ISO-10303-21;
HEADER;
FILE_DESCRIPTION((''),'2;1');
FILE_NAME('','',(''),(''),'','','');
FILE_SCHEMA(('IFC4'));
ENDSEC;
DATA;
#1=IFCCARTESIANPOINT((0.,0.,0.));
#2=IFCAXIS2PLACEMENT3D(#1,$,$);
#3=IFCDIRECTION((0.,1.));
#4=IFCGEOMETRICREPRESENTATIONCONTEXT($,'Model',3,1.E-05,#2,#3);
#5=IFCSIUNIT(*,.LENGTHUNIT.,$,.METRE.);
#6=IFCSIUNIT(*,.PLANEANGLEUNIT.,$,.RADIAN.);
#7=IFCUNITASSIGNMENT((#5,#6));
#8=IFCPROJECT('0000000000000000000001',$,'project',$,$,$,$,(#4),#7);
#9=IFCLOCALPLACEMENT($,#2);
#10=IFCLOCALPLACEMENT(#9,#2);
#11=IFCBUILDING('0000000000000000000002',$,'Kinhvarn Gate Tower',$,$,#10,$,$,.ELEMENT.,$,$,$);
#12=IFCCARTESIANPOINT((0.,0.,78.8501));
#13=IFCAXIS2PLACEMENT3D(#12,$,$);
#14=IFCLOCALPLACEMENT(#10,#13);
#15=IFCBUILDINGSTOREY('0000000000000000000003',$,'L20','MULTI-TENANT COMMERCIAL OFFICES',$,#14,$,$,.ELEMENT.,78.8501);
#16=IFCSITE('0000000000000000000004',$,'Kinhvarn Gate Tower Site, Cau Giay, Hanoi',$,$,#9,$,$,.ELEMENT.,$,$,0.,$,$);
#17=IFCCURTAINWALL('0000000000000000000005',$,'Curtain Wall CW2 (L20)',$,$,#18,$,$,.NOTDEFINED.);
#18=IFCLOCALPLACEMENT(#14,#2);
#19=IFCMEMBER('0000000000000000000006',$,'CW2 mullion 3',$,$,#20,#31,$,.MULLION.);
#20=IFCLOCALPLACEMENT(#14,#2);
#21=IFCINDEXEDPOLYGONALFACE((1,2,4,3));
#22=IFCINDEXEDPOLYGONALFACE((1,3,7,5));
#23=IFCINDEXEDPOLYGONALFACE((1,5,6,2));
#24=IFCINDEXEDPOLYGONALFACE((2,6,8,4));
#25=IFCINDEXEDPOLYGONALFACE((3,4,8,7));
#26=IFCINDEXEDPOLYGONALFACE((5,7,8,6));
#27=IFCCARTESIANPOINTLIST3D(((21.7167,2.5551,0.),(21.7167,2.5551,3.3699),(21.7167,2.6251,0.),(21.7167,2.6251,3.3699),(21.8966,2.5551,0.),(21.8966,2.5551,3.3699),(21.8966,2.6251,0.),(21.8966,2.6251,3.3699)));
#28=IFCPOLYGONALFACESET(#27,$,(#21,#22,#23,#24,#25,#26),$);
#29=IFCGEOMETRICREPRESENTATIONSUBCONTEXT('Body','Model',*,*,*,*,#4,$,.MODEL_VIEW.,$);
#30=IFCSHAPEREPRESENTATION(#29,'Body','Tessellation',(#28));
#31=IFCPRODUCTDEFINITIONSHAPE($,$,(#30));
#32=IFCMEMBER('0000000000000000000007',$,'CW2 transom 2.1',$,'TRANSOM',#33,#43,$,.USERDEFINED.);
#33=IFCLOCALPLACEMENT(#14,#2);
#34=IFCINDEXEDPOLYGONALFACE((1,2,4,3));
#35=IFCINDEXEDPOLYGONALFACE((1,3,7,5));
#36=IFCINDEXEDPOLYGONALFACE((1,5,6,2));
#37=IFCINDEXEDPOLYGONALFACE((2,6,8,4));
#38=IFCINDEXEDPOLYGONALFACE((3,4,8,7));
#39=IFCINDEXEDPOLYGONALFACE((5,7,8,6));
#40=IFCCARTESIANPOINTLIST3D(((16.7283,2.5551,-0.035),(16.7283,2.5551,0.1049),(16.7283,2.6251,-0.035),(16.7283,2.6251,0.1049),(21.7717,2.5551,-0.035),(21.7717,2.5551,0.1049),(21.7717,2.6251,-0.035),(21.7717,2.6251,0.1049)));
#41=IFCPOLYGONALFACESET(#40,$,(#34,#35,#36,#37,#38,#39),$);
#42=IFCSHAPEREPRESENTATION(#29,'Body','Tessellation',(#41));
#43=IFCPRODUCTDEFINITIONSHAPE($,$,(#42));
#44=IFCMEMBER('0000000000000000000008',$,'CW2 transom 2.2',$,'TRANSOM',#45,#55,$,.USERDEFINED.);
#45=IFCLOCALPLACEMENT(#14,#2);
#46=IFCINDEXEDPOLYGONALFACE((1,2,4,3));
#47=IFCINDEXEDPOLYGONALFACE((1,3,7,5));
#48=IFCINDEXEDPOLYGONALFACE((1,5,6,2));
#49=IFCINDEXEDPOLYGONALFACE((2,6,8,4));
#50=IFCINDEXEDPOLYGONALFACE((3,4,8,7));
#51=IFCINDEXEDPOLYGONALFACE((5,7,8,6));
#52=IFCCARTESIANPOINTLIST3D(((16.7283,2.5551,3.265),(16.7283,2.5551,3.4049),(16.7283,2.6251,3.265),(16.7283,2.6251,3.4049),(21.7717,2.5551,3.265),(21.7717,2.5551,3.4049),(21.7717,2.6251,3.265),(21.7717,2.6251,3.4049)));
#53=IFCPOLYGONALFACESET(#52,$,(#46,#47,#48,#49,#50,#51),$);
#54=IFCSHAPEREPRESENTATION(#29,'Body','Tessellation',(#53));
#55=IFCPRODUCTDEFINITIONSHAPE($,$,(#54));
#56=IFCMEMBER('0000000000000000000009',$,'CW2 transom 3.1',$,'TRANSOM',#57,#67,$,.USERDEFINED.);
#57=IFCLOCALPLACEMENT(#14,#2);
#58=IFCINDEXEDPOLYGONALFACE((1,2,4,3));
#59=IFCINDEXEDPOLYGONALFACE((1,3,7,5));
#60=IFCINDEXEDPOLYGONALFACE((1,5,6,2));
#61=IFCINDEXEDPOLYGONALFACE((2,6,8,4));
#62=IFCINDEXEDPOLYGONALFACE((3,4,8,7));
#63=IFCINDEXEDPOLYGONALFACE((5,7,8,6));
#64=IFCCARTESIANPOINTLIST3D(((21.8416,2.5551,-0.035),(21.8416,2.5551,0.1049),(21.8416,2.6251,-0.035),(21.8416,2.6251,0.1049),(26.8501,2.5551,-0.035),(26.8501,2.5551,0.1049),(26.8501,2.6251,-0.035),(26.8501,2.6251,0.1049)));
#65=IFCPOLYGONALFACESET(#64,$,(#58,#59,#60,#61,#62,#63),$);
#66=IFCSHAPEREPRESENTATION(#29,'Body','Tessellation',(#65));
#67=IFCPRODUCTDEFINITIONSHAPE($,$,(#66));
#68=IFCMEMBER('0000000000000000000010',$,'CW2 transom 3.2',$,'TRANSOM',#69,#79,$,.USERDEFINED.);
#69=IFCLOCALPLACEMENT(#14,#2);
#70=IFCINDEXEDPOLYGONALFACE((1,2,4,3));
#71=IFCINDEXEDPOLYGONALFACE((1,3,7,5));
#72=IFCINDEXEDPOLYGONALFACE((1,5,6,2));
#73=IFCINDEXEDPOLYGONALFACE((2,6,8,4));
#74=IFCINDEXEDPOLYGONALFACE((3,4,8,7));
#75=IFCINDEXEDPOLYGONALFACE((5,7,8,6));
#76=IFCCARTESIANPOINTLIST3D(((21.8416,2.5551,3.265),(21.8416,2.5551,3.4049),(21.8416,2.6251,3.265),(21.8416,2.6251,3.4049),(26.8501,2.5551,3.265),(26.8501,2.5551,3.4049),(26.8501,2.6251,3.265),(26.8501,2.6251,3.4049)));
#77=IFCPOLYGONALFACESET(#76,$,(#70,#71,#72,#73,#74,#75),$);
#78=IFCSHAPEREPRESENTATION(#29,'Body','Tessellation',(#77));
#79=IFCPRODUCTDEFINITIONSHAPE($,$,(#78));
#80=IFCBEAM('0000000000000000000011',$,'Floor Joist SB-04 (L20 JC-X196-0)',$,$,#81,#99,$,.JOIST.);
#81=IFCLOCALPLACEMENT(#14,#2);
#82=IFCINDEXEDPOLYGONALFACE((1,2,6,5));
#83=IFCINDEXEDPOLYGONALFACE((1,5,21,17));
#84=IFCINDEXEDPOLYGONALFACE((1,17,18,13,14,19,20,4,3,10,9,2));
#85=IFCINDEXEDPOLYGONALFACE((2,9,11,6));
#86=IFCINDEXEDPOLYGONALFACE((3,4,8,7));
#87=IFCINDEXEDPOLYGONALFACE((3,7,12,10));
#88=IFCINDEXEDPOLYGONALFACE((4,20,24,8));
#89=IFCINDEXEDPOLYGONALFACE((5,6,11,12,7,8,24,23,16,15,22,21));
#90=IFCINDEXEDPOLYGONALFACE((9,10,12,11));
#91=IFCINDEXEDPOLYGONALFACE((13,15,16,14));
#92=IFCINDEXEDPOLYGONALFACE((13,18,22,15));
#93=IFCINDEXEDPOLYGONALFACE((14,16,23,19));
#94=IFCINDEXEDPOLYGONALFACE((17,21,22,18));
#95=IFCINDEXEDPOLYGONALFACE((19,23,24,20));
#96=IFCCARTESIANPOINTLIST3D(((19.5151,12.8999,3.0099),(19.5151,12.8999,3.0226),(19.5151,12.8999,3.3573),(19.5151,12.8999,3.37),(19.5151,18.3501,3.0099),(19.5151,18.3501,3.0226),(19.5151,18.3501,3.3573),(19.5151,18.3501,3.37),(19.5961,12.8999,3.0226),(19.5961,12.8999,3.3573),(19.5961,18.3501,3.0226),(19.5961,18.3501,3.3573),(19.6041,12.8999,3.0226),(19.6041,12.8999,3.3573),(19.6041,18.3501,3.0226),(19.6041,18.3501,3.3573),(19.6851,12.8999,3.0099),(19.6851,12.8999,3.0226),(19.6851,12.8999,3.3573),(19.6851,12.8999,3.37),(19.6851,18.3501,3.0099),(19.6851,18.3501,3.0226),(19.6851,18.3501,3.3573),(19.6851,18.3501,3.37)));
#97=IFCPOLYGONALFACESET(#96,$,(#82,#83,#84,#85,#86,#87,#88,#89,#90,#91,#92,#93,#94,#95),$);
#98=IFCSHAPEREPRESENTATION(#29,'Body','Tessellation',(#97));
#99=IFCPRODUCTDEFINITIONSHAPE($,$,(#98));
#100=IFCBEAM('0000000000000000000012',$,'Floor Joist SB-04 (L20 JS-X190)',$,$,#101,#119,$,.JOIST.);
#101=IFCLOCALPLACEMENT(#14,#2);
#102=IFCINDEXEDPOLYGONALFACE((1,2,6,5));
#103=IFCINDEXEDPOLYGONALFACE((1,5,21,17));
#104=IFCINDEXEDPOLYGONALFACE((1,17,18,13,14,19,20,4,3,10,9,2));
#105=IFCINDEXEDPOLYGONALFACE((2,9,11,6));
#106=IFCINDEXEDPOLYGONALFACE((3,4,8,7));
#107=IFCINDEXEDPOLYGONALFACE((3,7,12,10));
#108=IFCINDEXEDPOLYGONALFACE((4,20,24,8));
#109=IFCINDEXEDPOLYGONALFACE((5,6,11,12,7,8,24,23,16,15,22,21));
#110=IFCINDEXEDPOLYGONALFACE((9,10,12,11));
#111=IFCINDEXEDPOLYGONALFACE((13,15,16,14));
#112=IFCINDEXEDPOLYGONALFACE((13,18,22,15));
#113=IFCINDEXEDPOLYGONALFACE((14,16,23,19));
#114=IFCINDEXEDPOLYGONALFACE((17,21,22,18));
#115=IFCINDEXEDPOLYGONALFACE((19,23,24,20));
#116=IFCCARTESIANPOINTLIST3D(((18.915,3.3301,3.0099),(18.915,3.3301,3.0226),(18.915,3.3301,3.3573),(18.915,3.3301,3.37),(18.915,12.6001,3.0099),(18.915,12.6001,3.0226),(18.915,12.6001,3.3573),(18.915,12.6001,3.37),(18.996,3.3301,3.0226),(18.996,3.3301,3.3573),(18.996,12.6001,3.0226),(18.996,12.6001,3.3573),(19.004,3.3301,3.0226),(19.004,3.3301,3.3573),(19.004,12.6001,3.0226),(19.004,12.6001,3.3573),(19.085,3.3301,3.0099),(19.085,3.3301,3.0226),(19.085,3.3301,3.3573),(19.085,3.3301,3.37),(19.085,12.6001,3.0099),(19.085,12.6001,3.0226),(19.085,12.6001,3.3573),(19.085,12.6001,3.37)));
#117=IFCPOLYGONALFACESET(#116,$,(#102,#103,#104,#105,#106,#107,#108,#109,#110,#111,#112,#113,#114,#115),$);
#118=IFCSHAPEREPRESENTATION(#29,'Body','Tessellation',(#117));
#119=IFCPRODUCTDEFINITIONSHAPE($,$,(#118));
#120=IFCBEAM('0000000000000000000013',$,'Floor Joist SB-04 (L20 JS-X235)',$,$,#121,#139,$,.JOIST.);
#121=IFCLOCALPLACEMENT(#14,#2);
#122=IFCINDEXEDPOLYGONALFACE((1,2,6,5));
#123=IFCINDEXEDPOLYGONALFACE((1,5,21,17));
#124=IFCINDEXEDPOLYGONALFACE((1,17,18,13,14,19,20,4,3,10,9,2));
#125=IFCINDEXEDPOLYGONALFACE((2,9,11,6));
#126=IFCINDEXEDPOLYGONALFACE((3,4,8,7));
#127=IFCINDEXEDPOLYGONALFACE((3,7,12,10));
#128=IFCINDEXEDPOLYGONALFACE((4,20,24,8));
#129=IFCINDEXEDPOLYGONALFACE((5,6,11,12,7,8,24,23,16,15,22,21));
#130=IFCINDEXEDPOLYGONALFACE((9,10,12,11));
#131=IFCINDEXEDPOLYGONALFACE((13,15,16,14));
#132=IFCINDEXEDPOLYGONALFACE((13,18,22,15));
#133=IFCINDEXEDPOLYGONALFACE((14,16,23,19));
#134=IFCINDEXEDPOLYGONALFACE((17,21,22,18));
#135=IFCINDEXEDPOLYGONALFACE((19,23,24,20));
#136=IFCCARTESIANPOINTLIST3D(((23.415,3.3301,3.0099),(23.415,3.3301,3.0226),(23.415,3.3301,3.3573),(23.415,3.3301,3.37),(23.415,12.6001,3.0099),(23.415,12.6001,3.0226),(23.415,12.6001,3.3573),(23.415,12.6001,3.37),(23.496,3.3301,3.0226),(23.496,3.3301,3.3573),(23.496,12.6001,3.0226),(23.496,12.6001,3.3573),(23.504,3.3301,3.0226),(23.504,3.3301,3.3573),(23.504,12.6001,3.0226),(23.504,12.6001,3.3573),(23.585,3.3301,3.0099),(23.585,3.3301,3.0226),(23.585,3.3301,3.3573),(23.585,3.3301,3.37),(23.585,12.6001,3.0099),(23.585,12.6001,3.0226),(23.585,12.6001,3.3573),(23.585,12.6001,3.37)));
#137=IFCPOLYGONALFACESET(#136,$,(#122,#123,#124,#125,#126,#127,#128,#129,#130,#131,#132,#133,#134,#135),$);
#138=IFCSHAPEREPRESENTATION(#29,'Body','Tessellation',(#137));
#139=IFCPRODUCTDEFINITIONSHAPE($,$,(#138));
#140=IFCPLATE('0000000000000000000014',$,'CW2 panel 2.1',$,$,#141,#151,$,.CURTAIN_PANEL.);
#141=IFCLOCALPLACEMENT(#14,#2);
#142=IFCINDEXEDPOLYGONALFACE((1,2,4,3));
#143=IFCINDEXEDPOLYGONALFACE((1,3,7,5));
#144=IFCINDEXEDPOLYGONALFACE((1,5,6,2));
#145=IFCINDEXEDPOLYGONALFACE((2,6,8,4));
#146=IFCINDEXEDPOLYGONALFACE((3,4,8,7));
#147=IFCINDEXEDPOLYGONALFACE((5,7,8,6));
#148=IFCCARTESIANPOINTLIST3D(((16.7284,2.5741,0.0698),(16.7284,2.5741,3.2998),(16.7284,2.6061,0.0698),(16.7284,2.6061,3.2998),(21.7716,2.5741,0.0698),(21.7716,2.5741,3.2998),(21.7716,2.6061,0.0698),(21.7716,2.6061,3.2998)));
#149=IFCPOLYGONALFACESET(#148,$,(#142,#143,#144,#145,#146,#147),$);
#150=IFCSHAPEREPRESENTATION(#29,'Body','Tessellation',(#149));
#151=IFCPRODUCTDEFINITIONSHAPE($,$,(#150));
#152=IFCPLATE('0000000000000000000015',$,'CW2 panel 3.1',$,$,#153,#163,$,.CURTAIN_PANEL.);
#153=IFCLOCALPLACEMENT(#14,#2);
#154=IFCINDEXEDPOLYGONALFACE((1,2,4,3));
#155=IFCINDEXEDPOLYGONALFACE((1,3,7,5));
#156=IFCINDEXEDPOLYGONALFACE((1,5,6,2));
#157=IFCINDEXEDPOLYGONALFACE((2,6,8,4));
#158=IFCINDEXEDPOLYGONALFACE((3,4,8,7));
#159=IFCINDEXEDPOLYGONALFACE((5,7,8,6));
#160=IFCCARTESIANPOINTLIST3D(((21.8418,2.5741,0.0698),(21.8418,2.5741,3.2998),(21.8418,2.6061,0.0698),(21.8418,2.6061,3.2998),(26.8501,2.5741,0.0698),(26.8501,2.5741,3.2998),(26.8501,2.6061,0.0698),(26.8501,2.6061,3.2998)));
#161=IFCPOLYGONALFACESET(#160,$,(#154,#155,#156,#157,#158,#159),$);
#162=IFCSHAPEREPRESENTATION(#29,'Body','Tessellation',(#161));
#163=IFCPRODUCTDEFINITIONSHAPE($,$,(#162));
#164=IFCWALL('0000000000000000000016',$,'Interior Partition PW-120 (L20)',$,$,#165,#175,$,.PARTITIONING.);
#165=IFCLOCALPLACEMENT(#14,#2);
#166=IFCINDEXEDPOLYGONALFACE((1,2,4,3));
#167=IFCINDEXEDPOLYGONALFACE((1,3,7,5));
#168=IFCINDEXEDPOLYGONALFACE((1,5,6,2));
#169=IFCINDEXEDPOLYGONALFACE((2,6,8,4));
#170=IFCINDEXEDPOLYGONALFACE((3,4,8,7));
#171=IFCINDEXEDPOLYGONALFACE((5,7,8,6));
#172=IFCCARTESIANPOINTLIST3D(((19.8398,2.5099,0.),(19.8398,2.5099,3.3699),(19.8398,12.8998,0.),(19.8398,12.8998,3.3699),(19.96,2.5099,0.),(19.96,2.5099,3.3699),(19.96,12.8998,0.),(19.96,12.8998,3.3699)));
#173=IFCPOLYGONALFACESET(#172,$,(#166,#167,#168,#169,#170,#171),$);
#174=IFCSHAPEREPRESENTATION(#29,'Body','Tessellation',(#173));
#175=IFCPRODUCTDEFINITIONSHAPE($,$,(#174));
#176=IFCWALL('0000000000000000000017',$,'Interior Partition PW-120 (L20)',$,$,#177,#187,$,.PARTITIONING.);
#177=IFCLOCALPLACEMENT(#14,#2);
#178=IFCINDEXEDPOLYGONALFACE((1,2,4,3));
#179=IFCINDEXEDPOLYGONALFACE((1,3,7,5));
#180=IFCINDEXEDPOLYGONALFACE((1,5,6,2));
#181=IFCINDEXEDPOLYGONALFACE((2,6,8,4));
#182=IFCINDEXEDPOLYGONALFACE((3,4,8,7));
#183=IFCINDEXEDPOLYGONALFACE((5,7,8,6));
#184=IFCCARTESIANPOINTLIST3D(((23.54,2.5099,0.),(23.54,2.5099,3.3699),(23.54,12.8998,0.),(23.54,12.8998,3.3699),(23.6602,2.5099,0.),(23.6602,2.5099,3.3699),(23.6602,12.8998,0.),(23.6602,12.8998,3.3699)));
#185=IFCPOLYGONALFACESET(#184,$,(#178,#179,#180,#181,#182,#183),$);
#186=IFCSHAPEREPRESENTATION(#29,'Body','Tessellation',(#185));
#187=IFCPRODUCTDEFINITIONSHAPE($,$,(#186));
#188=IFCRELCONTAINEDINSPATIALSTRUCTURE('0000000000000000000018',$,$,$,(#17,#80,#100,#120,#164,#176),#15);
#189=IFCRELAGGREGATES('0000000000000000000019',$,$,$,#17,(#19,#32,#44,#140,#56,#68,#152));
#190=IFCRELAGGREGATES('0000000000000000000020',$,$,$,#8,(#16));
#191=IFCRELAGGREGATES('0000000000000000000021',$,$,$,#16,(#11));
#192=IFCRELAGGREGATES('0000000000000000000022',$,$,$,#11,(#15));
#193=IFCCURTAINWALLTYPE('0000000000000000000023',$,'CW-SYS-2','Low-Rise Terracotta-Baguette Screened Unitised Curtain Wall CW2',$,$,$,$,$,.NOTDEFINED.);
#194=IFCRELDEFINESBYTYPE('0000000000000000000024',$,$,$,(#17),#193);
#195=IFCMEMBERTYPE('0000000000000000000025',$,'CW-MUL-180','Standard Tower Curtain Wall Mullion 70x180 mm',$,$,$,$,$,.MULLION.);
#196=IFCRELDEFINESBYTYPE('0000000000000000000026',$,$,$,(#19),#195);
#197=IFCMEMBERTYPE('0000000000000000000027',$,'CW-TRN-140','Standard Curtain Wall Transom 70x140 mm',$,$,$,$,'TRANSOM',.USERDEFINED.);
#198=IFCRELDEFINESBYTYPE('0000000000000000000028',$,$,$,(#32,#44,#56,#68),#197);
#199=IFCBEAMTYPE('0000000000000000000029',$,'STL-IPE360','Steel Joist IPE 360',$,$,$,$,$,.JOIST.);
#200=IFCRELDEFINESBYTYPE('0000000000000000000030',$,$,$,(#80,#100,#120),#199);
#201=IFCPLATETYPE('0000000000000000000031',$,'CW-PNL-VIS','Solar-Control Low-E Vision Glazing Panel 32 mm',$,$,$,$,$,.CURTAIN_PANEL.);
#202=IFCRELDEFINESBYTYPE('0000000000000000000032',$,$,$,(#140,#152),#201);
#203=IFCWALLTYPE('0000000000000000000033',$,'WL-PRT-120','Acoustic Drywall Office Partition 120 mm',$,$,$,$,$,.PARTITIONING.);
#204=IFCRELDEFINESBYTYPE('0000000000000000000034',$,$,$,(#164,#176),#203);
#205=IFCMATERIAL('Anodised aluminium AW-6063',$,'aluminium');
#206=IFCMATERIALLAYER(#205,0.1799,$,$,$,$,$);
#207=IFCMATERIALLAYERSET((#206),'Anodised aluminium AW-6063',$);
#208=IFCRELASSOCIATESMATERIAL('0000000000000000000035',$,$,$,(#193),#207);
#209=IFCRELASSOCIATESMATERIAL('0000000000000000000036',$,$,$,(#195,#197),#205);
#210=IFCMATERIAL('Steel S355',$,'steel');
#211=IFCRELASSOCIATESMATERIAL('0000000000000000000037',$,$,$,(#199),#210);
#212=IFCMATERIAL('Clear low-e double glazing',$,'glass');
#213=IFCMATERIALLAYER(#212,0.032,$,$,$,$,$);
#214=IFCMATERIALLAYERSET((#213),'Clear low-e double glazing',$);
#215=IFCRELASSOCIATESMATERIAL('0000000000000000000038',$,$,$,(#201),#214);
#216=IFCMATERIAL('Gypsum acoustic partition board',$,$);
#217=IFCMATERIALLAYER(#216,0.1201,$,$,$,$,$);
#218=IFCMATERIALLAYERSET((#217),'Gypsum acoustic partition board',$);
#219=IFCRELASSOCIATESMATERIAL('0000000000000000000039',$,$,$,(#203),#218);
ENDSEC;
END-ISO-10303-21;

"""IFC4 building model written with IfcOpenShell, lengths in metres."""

from ifc_helpers import new_model, si_unit, direction, frame, frame_2d, origin, origin_2d, place, context, subcontext, project, spatial, rectangle, i_section, extrude, material, layer, layer_set, material_profile, profile_set, type_object, element, aggregate, save


model = new_model("IFC4")

# Units and contexts
model_context = context("Model", 3, precision=1e-05, world=origin(), true_north=direction((0.0, 1.0)))
body_context = subcontext(model_context, "Body", "Model", "MODEL_VIEW")
ifc_project = project(units=[si_unit("LENGTHUNIT", "METRE"), si_unit("PLANEANGLEUNIT", "RADIAN")], contexts=[model_context])

# Site, building, storey
site_placement = place(None, origin())
site = spatial("IfcSite", under=ifc_project, at=site_placement, Name="Kinhvarn Gate Tower Site, Cau Giay, Hanoi", CompositionType="ELEMENT", RefElevation=0.0)
building_placement = place(site_placement, origin())
building = spatial("IfcBuilding", under=site, at=building_placement, Name="Kinhvarn Gate Tower", CompositionType="ELEMENT")
storey_placement = place(building_placement, frame((0.0, 0.0, 78.8501)))
storey = spatial("IfcBuildingStorey", under=building, at=storey_placement, Name="L20", Description="MULTI-TENANT COMMERCIAL OFFICES", CompositionType="ELEMENT", Elevation=78.8501)

# Curtain wall, members
ifc_material_1 = material(Name="Anodised aluminium AW-6063", Category="aluminium")
ifc_layer_1 = layer(ifc_material_1, 0.1799)
ifc_layer_set_1 = layer_set([ifc_layer_1], Name="Anodised aluminium AW-6063")
curtain_wall_type = type_object("IfcCurtainWallType", Name="CW-SYS-2", Description="Low-Rise Terracotta-Baguette Screened Unitised Curtain Wall CW2", PredefinedType="NOTDEFINED", material=ifc_layer_set_1)
curtain_wall_placement = place(storey_placement, origin())
curtain_wall = element("IfcCurtainWall", 1, at=curtain_wall_placement, inside=storey, type_object=curtain_wall_type, Name="Curtain Wall CW2 (L20)", PredefinedType="NOTDEFINED")
ifc_material_profile_1 = material_profile(ifc_material_1, rectangle(XDim=0.0701, YDim=0.1799, at=origin_2d()), Name="ALU 70x180")
ifc_profile_set_1 = profile_set([ifc_material_profile_1], Name="Anodised aluminium AW-6063")
member_type_1 = type_object("IfcMemberType", Name="CW-MUL-180", Description="Standard Tower Curtain Wall Mullion 70x180 mm", PredefinedType="MULLION", material=ifc_profile_set_1)
member_1_placement = place(storey_placement, frame((21.8066, 2.5901, 0.0), z_axis=(0.0, 0.0, 1.0), x_axis=(0.0, 1.0, 0.0)))
member_1 = element("IfcMember", 2, at=member_1_placement, type_object=member_type_1, Name="CW2 mullion 3", PredefinedType="MULLION", context=body_context, shape_type="SweptSolid", body=[
    extrude(rectangle(XDim=0.0701, YDim=0.1799, at=origin_2d()), origin(), (0.0, 0.0, 1.0), 3.3699),
])
ifc_material_profile_2 = material_profile(ifc_material_1, rectangle(XDim=0.0701, YDim=0.1399, at=origin_2d()), Name="ALU 70x140")
ifc_profile_set_2 = profile_set([ifc_material_profile_2], Name="Anodised aluminium AW-6063")
member_type_2 = type_object("IfcMemberType", Name="CW-TRN-140", Description="Standard Curtain Wall Transom 70x140 mm", ElementType="TRANSOM", PredefinedType="USERDEFINED", material=ifc_profile_set_2)
member_2_placement = place(storey_placement, frame((16.7283, 2.5901, 0.0349), z_axis=(1.0, 0.0, 0.0), x_axis=(0.0, 1.0, 0.0)))
member_2 = element("IfcMember", 3, at=member_2_placement, type_object=member_type_2, Name="CW2 transom 2.1", ObjectType="TRANSOM", PredefinedType="USERDEFINED", context=body_context, shape_type="SweptSolid", body=[
    extrude(rectangle(XDim=0.0701, YDim=0.1399, at=origin_2d()), origin(), (0.0, 0.0, 1.0), 5.0435),
])
member_3_placement = place(storey_placement, frame((16.7283, 2.5901, 3.335), z_axis=(1.0, 0.0, 0.0), x_axis=(0.0, 1.0, 0.0)))
member_3 = element("IfcMember", 4, at=member_3_placement, type_object=member_type_2, Name="CW2 transom 2.2", ObjectType="TRANSOM", PredefinedType="USERDEFINED", context=body_context, shape_type="SweptSolid", body=[
    extrude(rectangle(XDim=0.0701, YDim=0.1399, at=origin_2d()), origin(), (0.0, 0.0, 1.0), 5.0435),
])
member_4_placement = place(storey_placement, frame((21.8416, 2.5901, 0.0349), z_axis=(1.0, 0.0, 0.0), x_axis=(0.0, 1.0, 0.0)))
member_4 = element("IfcMember", 5, at=member_4_placement, type_object=member_type_2, Name="CW2 transom 3.1", ObjectType="TRANSOM", PredefinedType="USERDEFINED", context=body_context, shape_type="SweptSolid", body=[
    extrude(rectangle(XDim=0.0701, YDim=0.1399, at=origin_2d()), origin(), (0.0, 0.0, 1.0), 5.0085),
])
member_5_placement = place(storey_placement, frame((21.8416, 2.5901, 3.335), z_axis=(1.0, 0.0, 0.0), x_axis=(0.0, 1.0, 0.0)))
member_5 = element("IfcMember", 6, at=member_5_placement, type_object=member_type_2, Name="CW2 transom 3.2", ObjectType="TRANSOM", PredefinedType="USERDEFINED", context=body_context, shape_type="SweptSolid", body=[
    extrude(rectangle(XDim=0.0701, YDim=0.1399, at=origin_2d()), origin(), (0.0, 0.0, 1.0), 5.0085),
])

# Beams
ifc_material_2 = material(Name="Steel S355", Category="steel")
ifc_material_profile_3 = material_profile(ifc_material_2, i_section(OverallWidth=0.1699, OverallDepth=0.3601, WebThickness=0.0081, FlangeThickness=0.0127, at=origin_2d()), Name="IPE 360")
ifc_profile_set_3 = profile_set([ifc_material_profile_3], Name="Steel S355")
beam_type = type_object("IfcBeamType", Name="STL-IPE360", Description="Steel Joist IPE 360", PredefinedType="JOIST", material=ifc_profile_set_3)
beam_placement = place(storey_placement, frame((19.6001, 12.8999, 3.1899), z_axis=(0.0, 1.0, 0.0), x_axis=(-1.0, 0.0, 0.0)))
element("IfcBeam", 7, at=beam_placement, inside=storey, type_object=beam_type, Name="Floor Joist SB-04 (L20 JC-X196-0)", PredefinedType="JOIST", context=body_context, shape_type="SweptSolid", body=[
    extrude(i_section(OverallWidth=0.1699, OverallDepth=0.3601, WebThickness=0.0081, FlangeThickness=0.0127, at=origin_2d()), origin(), (0.0, 0.0, 1.0), 5.4502),
])
for number, where, z_axis, x_axis, name in (
    (8, (19.0, 3.3301, 3.1899), (0.0, 1.0, 0.0), (-1.0, 0.0, 0.0), "Floor Joist SB-04 (L20 JS-X190)"),
    (9, (23.5, 3.3301, 3.1899), (0.0, 1.0, 0.0), (-1.0, 0.0, 0.0), "Floor Joist SB-04 (L20 JS-X235)"),
):
    element("IfcBeam", number, at=place(storey_placement, frame(where, z_axis=z_axis, x_axis=x_axis)), inside=storey, type_object=beam_type, Name=name, PredefinedType="JOIST", context=body_context, shape_type="SweptSolid", body=[
        extrude(i_section(OverallWidth=0.1699, OverallDepth=0.3601, WebThickness=0.0081, FlangeThickness=0.0127, at=origin_2d()), origin(), (0.0, 0.0, 1.0), 9.27),
    ])

# Plates
ifc_material_3 = material(Name="Clear low-e double glazing", Category="glass")
ifc_layer_2 = layer(ifc_material_3, 0.032)
ifc_layer_set_2 = layer_set([ifc_layer_2], Name="Clear low-e double glazing")
plate_type = type_object("IfcPlateType", Name="CW-PNL-VIS", Description="Solar-Control Low-E Vision Glazing Panel 32 mm", PredefinedType="CURTAIN_PANEL", material=ifc_layer_set_2)
plate_1_placement = place(storey_placement, frame((19.25, 2.5901, 0.0698), z_axis=(0.0, 0.0, 1.0), x_axis=(1.0, 0.0, 0.0)))
plate_1 = element("IfcPlate", 10, at=plate_1_placement, type_object=plate_type, Name="CW2 panel 2.1", PredefinedType="CURTAIN_PANEL", context=body_context, shape_type="SweptSolid", body=[
    extrude(rectangle(XDim=5.0432, YDim=0.032, at=origin_2d()), origin(), (0.0, 0.0, 1.0), 3.23),
])
plate_2_placement = place(storey_placement, frame((24.3459, 2.5901, 0.0698), z_axis=(0.0, 0.0, 1.0), x_axis=(1.0, 0.0, 0.0)))
plate_2 = element("IfcPlate", 11, at=plate_2_placement, type_object=plate_type, Name="CW2 panel 3.1", PredefinedType="CURTAIN_PANEL", context=body_context, shape_type="SweptSolid", body=[
    extrude(rectangle(XDim=5.0083, YDim=0.032, at=origin_2d()), origin(), (0.0, 0.0, 1.0), 3.23),
])
aggregate(curtain_wall, [member_1, member_2, member_3, plate_1, member_4, member_5, plate_2])

# Walls
ifc_material_4 = material(Name="Gypsum acoustic partition board")
ifc_layer_3 = layer(ifc_material_4, 0.1201)
ifc_layer_set_3 = layer_set([ifc_layer_3], Name="Gypsum acoustic partition board")
wall_type_1 = type_object("IfcWallType", Name="WL-PRT-120", Description="Acoustic Drywall Office Partition 120 mm", PredefinedType="PARTITIONING", material=ifc_layer_set_3)
for number, where, z_axis, x_axis, name in (
    (12, (19.8999, 2.51, 0.0), (0.0, 0.0, 1.0), (0.0, 1.0, 0.0), "Interior Partition PW-120 (L20)"),
    (13, (23.6001, 2.51, 0.0), (0.0, 0.0, 1.0), (0.0, 1.0, 0.0), "Interior Partition PW-120 (L20)"),
):
    element("IfcWall", number, at=place(storey_placement, frame(where, z_axis=z_axis, x_axis=x_axis)), inside=storey, type_object=wall_type_1, Name=name, PredefinedType="PARTITIONING", context=body_context, shape_type="SweptSolid", body=[
        extrude(rectangle(XDim=10.3899, YDim=0.1201, at=frame_2d((5.1948, 0.0))), origin(), (0.0, 0.0, 1.0), 3.3699),
    ])

save(model, "model.ifc")
